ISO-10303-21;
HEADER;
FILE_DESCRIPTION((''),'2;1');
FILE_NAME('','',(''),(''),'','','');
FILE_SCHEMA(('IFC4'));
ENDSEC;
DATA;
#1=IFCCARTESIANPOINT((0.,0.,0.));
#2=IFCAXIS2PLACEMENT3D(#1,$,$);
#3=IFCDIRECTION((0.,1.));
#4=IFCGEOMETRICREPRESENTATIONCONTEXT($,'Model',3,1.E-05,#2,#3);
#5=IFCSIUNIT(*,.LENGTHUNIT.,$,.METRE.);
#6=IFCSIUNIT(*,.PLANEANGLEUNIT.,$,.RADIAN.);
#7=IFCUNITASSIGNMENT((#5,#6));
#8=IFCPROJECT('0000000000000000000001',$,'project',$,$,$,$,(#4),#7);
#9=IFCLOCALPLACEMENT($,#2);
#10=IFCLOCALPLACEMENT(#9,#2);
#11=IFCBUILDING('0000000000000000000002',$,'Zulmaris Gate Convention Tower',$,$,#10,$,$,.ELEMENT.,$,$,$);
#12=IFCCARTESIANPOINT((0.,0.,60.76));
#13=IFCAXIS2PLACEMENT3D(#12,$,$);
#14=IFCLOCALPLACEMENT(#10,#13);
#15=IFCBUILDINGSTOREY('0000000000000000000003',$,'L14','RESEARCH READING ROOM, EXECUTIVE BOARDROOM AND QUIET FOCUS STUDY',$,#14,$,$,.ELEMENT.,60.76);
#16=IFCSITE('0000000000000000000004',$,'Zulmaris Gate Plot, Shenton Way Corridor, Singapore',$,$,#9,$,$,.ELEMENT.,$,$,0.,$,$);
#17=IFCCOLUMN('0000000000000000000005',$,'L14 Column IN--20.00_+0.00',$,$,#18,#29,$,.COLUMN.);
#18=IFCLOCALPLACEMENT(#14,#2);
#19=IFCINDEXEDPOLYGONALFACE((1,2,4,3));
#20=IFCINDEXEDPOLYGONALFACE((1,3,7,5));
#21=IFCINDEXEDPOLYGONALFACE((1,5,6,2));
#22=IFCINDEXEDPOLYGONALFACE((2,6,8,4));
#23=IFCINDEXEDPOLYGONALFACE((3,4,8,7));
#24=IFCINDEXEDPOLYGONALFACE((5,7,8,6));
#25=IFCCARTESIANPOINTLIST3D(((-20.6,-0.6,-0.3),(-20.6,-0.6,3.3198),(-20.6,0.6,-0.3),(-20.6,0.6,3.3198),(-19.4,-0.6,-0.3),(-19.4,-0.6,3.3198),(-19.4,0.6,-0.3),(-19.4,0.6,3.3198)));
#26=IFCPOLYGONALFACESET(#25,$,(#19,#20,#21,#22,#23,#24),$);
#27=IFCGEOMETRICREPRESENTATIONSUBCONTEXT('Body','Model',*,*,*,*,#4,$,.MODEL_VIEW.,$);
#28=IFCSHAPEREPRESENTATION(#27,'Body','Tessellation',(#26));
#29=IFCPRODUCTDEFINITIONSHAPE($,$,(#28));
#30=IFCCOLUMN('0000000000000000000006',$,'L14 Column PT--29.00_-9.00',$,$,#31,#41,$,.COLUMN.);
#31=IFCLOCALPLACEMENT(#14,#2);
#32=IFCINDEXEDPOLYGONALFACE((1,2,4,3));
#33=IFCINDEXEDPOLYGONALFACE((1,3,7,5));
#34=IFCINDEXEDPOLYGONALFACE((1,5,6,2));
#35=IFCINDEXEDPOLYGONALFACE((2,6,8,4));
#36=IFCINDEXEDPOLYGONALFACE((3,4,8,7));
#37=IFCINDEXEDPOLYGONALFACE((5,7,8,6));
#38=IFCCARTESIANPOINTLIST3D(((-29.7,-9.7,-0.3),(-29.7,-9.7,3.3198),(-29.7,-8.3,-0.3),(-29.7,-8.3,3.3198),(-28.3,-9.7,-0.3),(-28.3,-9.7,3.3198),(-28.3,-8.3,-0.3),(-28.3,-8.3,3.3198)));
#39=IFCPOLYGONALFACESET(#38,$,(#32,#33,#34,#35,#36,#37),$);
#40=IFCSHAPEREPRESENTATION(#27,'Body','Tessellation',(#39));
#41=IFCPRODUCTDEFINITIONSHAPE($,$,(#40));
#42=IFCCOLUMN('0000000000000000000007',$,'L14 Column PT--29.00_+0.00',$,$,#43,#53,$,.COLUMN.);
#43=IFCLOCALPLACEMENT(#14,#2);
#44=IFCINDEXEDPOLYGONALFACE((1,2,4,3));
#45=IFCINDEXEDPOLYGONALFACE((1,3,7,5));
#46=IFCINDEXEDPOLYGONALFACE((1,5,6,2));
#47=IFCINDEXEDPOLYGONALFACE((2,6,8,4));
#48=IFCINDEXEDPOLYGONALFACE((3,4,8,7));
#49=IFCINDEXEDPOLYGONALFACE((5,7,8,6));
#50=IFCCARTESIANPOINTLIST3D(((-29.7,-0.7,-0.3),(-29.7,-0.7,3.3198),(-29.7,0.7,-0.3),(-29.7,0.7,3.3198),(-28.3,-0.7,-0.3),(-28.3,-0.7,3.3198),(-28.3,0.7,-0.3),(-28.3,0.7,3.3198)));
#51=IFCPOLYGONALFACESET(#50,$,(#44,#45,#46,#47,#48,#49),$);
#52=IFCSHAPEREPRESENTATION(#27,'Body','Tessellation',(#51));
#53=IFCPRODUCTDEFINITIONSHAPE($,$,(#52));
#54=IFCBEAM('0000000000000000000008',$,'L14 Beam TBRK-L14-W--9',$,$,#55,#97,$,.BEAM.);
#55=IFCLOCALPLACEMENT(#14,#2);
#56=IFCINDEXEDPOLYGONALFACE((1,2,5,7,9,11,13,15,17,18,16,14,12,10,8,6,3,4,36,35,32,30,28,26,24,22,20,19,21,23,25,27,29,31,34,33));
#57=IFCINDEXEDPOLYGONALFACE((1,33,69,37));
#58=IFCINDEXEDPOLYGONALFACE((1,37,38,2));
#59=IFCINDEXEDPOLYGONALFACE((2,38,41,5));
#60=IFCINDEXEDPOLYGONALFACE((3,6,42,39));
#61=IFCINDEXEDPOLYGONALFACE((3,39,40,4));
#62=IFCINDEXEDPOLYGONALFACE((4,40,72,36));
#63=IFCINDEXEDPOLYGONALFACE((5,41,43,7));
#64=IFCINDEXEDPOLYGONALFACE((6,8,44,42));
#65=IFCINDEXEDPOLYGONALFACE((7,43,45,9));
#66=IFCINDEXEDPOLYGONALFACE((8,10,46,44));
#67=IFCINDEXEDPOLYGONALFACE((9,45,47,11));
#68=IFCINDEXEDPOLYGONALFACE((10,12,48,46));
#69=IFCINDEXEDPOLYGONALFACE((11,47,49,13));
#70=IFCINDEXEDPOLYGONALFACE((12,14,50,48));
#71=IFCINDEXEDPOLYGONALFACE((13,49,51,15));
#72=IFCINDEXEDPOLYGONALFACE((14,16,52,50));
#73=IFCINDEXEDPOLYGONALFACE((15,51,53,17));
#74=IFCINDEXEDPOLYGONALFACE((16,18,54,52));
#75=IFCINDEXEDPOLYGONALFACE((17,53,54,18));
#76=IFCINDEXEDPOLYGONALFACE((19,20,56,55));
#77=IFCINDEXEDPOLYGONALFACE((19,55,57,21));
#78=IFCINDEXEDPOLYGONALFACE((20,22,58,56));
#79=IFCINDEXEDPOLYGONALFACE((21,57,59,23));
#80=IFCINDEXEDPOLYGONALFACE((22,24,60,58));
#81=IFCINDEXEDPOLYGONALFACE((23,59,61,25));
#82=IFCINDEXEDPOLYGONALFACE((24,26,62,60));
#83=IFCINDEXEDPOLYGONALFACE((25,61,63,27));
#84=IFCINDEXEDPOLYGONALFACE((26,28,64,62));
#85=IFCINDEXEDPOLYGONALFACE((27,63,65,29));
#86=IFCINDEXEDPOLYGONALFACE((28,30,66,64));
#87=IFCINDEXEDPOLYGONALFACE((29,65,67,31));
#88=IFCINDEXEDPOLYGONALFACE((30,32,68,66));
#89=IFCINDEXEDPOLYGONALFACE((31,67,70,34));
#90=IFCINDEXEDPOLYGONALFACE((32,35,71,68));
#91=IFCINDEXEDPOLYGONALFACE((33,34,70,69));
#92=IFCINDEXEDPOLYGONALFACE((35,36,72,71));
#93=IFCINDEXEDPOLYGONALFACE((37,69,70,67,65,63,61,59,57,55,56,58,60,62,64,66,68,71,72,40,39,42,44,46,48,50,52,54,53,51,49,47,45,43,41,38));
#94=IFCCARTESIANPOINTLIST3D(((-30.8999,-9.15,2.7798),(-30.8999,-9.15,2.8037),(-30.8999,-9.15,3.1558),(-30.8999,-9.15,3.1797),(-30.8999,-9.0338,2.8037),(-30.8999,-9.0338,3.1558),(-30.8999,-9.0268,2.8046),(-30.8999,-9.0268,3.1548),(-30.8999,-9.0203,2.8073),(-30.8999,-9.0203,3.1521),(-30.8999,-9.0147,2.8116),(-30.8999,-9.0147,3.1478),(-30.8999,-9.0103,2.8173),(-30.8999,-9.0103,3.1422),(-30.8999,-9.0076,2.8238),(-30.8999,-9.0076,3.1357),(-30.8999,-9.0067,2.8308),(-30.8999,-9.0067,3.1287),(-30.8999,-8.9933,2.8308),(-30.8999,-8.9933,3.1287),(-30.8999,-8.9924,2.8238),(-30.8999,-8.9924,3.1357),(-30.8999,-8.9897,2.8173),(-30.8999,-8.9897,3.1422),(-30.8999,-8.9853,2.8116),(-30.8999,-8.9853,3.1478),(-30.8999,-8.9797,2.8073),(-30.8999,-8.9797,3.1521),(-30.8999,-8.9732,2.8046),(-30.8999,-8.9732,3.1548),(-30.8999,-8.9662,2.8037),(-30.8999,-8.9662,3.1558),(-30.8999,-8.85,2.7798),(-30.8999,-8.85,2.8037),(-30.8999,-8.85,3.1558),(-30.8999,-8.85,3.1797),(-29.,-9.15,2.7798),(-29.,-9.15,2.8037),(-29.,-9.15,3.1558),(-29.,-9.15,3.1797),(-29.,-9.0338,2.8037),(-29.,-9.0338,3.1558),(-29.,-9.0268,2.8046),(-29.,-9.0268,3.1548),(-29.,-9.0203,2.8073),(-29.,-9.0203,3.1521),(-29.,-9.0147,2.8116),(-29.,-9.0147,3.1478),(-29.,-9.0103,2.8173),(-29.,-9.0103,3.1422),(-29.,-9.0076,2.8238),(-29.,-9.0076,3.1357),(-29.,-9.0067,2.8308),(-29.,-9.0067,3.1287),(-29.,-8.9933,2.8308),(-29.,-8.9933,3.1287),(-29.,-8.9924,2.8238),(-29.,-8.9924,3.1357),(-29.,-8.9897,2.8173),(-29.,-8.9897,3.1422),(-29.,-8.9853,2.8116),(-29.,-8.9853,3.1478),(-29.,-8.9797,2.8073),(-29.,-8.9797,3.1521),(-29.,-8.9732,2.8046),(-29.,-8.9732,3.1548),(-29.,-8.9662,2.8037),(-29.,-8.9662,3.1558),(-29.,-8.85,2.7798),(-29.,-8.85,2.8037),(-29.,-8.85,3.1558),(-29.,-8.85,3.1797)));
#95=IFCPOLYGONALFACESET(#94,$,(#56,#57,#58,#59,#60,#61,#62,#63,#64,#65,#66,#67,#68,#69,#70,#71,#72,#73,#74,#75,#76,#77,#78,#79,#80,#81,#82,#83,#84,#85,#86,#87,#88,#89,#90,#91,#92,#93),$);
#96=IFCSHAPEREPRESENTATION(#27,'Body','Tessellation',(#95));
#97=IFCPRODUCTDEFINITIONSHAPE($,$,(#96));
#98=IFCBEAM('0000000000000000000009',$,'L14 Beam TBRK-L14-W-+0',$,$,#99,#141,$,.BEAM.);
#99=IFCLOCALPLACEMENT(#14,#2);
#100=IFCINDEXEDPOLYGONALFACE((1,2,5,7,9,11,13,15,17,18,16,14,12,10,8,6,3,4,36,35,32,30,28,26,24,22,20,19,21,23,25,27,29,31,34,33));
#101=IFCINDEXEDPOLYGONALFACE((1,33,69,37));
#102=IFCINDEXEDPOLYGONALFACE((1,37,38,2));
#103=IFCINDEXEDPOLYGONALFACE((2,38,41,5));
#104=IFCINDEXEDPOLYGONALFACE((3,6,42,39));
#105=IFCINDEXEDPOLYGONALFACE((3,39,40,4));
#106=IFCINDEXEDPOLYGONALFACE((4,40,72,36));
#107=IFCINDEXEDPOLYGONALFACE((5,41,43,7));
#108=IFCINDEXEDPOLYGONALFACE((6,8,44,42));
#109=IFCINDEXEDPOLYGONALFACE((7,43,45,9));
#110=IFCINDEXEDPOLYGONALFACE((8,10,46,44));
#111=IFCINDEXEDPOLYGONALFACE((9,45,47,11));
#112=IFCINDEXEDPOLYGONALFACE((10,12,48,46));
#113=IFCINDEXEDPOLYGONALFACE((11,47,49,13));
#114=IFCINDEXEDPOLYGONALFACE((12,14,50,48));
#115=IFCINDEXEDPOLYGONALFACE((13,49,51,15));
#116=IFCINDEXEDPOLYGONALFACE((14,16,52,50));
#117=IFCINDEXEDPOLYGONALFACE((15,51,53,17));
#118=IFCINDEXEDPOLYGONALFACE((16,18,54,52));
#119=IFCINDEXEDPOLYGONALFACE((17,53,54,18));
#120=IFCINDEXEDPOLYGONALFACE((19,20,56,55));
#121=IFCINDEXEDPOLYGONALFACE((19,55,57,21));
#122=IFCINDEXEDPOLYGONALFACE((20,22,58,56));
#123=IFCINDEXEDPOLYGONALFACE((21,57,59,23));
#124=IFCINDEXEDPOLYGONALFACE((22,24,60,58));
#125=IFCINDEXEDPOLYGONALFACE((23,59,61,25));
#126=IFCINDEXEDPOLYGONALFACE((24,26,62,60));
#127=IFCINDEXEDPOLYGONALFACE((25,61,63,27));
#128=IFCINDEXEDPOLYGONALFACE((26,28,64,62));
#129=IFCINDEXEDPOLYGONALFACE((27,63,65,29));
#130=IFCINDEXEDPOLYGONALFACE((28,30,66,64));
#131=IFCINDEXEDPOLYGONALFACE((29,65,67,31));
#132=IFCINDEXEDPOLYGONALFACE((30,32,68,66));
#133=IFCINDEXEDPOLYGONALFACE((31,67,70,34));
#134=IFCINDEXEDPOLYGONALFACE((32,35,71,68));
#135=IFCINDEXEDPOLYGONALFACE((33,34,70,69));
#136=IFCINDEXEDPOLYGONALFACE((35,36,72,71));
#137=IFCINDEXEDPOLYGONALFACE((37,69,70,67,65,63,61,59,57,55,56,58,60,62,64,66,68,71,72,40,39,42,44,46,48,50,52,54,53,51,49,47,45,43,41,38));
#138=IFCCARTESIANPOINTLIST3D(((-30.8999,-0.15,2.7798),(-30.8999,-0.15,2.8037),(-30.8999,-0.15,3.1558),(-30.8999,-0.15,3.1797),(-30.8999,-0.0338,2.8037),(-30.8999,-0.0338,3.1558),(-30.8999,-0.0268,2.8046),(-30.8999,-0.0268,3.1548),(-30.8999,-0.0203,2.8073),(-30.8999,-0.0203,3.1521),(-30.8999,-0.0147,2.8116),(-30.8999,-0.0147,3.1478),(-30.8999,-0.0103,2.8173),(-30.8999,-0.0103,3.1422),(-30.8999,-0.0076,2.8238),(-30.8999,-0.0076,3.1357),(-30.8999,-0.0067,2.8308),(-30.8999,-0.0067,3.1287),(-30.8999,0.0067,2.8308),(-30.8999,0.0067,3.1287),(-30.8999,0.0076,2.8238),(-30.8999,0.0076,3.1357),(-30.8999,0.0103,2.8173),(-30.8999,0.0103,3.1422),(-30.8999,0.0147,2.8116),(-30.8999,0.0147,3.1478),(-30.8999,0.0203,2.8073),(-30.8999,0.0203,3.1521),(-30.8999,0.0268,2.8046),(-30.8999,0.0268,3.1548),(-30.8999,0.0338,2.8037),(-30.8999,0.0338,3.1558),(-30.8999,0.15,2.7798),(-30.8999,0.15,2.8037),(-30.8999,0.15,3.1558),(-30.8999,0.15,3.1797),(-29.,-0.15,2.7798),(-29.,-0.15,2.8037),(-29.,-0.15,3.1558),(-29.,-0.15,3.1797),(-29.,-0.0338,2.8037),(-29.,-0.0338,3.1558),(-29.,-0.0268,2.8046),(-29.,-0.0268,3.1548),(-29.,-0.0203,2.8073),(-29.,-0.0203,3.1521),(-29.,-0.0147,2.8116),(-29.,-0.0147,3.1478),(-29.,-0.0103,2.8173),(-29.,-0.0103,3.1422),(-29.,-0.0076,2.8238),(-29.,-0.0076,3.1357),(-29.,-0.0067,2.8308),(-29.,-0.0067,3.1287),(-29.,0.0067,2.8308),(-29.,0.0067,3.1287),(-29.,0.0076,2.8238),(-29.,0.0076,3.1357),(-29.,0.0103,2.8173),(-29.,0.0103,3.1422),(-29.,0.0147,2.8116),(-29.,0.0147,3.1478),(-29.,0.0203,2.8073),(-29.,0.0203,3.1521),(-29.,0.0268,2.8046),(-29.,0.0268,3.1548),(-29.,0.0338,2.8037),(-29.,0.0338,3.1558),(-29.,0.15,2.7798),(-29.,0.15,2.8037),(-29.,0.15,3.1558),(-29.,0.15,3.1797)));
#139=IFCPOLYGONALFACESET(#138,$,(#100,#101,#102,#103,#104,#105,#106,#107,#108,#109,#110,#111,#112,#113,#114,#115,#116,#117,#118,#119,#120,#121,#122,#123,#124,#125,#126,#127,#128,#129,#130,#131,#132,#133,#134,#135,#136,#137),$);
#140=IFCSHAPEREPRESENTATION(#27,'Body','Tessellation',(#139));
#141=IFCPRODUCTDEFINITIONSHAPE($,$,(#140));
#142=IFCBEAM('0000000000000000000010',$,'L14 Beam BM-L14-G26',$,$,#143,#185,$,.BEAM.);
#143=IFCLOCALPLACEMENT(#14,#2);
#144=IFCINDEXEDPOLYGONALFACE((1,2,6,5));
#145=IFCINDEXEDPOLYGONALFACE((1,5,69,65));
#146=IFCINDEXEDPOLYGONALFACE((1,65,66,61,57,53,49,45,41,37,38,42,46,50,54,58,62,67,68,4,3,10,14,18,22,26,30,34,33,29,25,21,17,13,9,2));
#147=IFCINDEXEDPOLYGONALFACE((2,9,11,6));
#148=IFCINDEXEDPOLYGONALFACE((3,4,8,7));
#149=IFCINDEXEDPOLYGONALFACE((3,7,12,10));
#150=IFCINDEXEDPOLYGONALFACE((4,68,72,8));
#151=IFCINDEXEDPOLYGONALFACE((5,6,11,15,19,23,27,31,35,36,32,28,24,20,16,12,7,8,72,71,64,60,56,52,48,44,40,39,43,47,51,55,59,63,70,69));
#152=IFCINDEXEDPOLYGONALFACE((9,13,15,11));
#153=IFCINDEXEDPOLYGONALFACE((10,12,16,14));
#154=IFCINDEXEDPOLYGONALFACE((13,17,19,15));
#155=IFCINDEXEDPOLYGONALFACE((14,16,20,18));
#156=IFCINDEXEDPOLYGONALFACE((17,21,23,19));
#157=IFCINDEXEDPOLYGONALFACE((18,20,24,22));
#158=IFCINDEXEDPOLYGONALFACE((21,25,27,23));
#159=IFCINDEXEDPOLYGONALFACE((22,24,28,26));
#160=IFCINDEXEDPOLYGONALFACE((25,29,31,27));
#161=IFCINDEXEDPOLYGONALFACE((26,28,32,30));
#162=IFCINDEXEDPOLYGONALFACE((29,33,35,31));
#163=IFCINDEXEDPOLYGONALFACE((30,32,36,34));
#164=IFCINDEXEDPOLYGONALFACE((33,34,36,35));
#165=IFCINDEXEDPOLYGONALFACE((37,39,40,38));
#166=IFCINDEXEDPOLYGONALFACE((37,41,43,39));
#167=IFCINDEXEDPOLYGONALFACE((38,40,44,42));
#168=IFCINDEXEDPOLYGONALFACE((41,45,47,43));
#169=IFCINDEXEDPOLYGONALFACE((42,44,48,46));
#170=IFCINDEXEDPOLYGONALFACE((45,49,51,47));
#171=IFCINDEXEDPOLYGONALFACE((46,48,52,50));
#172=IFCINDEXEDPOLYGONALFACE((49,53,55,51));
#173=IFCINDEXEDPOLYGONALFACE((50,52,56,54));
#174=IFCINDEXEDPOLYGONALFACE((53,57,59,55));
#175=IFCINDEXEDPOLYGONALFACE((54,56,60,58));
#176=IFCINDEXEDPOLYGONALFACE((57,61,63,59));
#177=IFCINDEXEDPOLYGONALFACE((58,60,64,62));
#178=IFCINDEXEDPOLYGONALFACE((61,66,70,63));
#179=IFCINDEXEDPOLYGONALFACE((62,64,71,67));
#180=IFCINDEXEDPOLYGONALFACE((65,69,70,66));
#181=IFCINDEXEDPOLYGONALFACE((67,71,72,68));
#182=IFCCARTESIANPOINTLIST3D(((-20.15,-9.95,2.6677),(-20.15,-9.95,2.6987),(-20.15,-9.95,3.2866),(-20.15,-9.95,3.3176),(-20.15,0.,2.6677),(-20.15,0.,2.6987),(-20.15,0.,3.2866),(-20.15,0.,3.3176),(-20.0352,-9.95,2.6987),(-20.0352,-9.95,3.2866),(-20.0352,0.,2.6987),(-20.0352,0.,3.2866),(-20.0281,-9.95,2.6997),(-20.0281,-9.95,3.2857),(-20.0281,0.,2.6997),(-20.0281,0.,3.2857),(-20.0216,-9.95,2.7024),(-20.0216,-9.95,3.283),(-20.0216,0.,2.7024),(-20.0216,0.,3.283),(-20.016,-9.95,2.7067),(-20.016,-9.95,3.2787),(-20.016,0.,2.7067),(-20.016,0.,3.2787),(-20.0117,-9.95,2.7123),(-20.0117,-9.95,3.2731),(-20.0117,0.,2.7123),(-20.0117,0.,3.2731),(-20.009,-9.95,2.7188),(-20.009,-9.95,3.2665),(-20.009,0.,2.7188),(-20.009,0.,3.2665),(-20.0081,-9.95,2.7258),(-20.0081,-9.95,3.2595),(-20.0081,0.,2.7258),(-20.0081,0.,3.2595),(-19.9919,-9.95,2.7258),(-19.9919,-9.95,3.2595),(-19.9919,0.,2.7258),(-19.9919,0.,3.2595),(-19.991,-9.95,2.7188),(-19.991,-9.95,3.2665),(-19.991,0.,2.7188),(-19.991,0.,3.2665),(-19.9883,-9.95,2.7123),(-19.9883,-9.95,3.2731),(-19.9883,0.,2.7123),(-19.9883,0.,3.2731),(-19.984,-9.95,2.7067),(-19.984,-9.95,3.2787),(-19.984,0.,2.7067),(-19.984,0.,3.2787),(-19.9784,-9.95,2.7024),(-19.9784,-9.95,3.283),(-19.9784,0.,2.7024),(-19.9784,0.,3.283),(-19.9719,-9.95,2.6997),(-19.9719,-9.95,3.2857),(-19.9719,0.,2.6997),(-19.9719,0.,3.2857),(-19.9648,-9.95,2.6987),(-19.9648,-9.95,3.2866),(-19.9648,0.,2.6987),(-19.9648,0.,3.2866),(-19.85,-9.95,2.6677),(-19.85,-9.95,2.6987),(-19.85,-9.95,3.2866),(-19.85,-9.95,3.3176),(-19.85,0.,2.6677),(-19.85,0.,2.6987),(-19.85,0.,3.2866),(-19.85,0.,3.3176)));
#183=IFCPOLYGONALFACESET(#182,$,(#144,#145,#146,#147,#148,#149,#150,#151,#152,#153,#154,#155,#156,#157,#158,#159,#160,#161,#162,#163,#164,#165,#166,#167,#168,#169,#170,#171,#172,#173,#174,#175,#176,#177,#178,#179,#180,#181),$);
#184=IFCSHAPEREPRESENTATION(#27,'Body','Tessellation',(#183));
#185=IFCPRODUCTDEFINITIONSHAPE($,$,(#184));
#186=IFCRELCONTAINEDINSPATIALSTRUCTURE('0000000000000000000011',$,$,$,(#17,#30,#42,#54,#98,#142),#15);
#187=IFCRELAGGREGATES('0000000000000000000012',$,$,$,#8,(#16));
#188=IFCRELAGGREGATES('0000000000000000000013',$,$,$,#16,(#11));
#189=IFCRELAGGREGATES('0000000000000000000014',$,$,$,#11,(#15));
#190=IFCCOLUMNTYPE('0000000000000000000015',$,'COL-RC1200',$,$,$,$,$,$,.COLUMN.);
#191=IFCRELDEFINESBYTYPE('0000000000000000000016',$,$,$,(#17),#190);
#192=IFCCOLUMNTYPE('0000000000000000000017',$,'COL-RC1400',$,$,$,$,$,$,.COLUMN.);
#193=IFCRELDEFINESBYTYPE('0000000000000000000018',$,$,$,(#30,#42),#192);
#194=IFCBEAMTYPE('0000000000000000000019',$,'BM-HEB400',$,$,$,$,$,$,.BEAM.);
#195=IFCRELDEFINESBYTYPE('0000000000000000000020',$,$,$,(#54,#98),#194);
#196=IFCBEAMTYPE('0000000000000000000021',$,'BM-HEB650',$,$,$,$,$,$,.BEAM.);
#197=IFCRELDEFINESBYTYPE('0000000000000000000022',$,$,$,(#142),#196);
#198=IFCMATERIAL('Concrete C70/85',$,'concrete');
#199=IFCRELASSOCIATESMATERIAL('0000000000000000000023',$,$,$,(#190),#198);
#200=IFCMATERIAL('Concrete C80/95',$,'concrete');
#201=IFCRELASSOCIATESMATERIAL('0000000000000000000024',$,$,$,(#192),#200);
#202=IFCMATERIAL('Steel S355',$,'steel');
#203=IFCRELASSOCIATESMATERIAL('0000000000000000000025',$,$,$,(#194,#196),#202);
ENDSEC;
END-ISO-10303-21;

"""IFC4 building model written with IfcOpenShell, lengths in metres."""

from ifc_helpers import new_model, si_unit, direction, frame, origin, origin_2d, place, context, subcontext, project, spatial, rectangle, i_section, extrude, material, material_profile, profile_set, type_object, element, save


model = new_model("IFC4")

# Units and contexts
model_context = context("Model", 3, precision=1e-05, world=origin(), true_north=direction((0.0, 1.0)))
body_context = subcontext(model_context, "Body", "Model", "MODEL_VIEW")
ifc_project = project(units=[si_unit("LENGTHUNIT", "METRE"), si_unit("PLANEANGLEUNIT", "RADIAN")], contexts=[model_context])

# Site, building, storey
site_placement = place(None, origin())
site = spatial("IfcSite", under=ifc_project, at=site_placement, Name="Zulmaris Gate Plot, Shenton Way Corridor, Singapore", CompositionType="ELEMENT", RefElevation=0.0)
building_placement = place(site_placement, origin())
building = spatial("IfcBuilding", under=site, at=building_placement, Name="Zulmaris Gate Convention Tower", CompositionType="ELEMENT")
storey_placement = place(building_placement, frame((0.0, 0.0, 60.76)))
storey = spatial("IfcBuildingStorey", under=building, at=storey_placement, Name="L14", Description="RESEARCH READING ROOM, EXECUTIVE BOARDROOM AND QUIET FOCUS STUDY", CompositionType="ELEMENT", Elevation=60.76)

# Columns
ifc_material_1 = material(Name="Concrete C70/85", Category="concrete")
ifc_material_profile_1 = material_profile(ifc_material_1, rectangle(XDim=1.2, YDim=1.2, at=origin_2d()), Name="RC COL 1200x1200")
ifc_profile_set_1 = profile_set([ifc_material_profile_1], Name="Concrete C70/85")
column_type_1 = type_object("IfcColumnType", Name="COL-RC1200", PredefinedType="COLUMN", material=ifc_profile_set_1)
column_placement = place(storey_placement, frame((-20.0, 0.0, -0.3), z_axis=(0.0, 0.0, 1.0), x_axis=(1.0, 0.0, 0.0)))
element("IfcColumn", 1, at=column_placement, inside=storey, type_object=column_type_1, Name="L14 Column IN--20.00_+0.00", PredefinedType="COLUMN", context=body_context, shape_type="SweptSolid", body=[
    extrude(rectangle(XDim=1.2, YDim=1.2, at=origin_2d()), origin(), (0.0, 0.0, 1.0), 3.6199),
])
ifc_material_2 = material(Name="Concrete C80/95", Category="concrete")
ifc_material_profile_2 = material_profile(ifc_material_2, rectangle(XDim=1.3999, YDim=1.3999, at=origin_2d()), Name="RC COL 1400x1400")
ifc_profile_set_2 = profile_set([ifc_material_profile_2], Name="Concrete C80/95")
column_type_2 = type_object("IfcColumnType", Name="COL-RC1400", PredefinedType="COLUMN", material=ifc_profile_set_2)
for number, where, z_axis, x_axis, name in (
    (2, (-29.0, -9.0, -0.3), (0.0, 0.0, 1.0), (1.0, 0.0, 0.0), "L14 Column PT--29.00_-9.00"),
    (3, (-29.0, 0.0, -0.3), (0.0, 0.0, 1.0), (1.0, 0.0, 0.0), "L14 Column PT--29.00_+0.00"),
):
    element("IfcColumn", number, at=place(storey_placement, frame(where, z_axis=z_axis, x_axis=x_axis)), inside=storey, type_object=column_type_2, Name=name, PredefinedType="COLUMN", context=body_context, shape_type="SweptSolid", body=[
        extrude(rectangle(XDim=1.3999, YDim=1.3999, at=origin_2d()), origin(), (0.0, 0.0, 1.0), 3.6199),
    ])

# Beams
ifc_material_3 = material(Name="Steel S355", Category="steel")
ifc_material_profile_3 = material_profile(ifc_material_3, i_section(OverallWidth=0.3, OverallDepth=0.3999, WebThickness=0.0134, FlangeThickness=0.0239, FilletRadius=0.0271, at=origin_2d()), Name="HEB 400")
ifc_profile_set_3 = profile_set([ifc_material_profile_3], Name="Steel S355")
beam_type_1 = type_object("IfcBeamType", Name="BM-HEB400", PredefinedType="BEAM", material=ifc_profile_set_3)
for number, where, z_axis, x_axis, name in (
    (4, (-30.8999, -9.0, 2.9797), (1.0, 0.0, 0.0), (0.0, 1.0, 0.0), "L14 Beam TBRK-L14-W--9"),
    (5, (-30.8999, 0.0, 2.9797), (1.0, 0.0, 0.0), (0.0, 1.0, 0.0), "L14 Beam TBRK-L14-W-+0"),
):
    element("IfcBeam", number, at=place(storey_placement, frame(where, z_axis=z_axis, x_axis=x_axis)), inside=storey, type_object=beam_type_1, Name=name, PredefinedType="BEAM", context=body_context, shape_type="SweptSolid", body=[
        extrude(i_section(OverallWidth=0.3, OverallDepth=0.3999, WebThickness=0.0134, FlangeThickness=0.0239, FilletRadius=0.0271, at=origin_2d()), origin(), (0.0, 0.0, 1.0), 1.8999),
    ])
ifc_material_profile_4 = material_profile(ifc_material_3, i_section(OverallWidth=0.3, OverallDepth=0.6499, WebThickness=0.0161, FlangeThickness=0.031, FilletRadius=0.0271, at=origin_2d()), Name="HEB 650")
ifc_profile_set_4 = profile_set([ifc_material_profile_4], Name="Steel S355")
beam_type_2 = type_object("IfcBeamType", Name="BM-HEB650", PredefinedType="BEAM", material=ifc_profile_set_4)
beam_1_placement = place(storey_placement, frame((-20.0, -9.95, 2.9927), z_axis=(0.0, 1.0, 0.0), x_axis=(-1.0, 0.0, 0.0)))
element("IfcBeam", 6, at=beam_1_placement, inside=storey, type_object=beam_type_2, Name="L14 Beam BM-L14-G26", PredefinedType="BEAM", context=body_context, shape_type="SweptSolid", body=[
    extrude(i_section(OverallWidth=0.3, OverallDepth=0.6499, WebThickness=0.0161, FlangeThickness=0.031, FilletRadius=0.0271, at=origin_2d()), origin(), (0.0, 0.0, 1.0), 9.95),
])

save(model, "model.ifc")
